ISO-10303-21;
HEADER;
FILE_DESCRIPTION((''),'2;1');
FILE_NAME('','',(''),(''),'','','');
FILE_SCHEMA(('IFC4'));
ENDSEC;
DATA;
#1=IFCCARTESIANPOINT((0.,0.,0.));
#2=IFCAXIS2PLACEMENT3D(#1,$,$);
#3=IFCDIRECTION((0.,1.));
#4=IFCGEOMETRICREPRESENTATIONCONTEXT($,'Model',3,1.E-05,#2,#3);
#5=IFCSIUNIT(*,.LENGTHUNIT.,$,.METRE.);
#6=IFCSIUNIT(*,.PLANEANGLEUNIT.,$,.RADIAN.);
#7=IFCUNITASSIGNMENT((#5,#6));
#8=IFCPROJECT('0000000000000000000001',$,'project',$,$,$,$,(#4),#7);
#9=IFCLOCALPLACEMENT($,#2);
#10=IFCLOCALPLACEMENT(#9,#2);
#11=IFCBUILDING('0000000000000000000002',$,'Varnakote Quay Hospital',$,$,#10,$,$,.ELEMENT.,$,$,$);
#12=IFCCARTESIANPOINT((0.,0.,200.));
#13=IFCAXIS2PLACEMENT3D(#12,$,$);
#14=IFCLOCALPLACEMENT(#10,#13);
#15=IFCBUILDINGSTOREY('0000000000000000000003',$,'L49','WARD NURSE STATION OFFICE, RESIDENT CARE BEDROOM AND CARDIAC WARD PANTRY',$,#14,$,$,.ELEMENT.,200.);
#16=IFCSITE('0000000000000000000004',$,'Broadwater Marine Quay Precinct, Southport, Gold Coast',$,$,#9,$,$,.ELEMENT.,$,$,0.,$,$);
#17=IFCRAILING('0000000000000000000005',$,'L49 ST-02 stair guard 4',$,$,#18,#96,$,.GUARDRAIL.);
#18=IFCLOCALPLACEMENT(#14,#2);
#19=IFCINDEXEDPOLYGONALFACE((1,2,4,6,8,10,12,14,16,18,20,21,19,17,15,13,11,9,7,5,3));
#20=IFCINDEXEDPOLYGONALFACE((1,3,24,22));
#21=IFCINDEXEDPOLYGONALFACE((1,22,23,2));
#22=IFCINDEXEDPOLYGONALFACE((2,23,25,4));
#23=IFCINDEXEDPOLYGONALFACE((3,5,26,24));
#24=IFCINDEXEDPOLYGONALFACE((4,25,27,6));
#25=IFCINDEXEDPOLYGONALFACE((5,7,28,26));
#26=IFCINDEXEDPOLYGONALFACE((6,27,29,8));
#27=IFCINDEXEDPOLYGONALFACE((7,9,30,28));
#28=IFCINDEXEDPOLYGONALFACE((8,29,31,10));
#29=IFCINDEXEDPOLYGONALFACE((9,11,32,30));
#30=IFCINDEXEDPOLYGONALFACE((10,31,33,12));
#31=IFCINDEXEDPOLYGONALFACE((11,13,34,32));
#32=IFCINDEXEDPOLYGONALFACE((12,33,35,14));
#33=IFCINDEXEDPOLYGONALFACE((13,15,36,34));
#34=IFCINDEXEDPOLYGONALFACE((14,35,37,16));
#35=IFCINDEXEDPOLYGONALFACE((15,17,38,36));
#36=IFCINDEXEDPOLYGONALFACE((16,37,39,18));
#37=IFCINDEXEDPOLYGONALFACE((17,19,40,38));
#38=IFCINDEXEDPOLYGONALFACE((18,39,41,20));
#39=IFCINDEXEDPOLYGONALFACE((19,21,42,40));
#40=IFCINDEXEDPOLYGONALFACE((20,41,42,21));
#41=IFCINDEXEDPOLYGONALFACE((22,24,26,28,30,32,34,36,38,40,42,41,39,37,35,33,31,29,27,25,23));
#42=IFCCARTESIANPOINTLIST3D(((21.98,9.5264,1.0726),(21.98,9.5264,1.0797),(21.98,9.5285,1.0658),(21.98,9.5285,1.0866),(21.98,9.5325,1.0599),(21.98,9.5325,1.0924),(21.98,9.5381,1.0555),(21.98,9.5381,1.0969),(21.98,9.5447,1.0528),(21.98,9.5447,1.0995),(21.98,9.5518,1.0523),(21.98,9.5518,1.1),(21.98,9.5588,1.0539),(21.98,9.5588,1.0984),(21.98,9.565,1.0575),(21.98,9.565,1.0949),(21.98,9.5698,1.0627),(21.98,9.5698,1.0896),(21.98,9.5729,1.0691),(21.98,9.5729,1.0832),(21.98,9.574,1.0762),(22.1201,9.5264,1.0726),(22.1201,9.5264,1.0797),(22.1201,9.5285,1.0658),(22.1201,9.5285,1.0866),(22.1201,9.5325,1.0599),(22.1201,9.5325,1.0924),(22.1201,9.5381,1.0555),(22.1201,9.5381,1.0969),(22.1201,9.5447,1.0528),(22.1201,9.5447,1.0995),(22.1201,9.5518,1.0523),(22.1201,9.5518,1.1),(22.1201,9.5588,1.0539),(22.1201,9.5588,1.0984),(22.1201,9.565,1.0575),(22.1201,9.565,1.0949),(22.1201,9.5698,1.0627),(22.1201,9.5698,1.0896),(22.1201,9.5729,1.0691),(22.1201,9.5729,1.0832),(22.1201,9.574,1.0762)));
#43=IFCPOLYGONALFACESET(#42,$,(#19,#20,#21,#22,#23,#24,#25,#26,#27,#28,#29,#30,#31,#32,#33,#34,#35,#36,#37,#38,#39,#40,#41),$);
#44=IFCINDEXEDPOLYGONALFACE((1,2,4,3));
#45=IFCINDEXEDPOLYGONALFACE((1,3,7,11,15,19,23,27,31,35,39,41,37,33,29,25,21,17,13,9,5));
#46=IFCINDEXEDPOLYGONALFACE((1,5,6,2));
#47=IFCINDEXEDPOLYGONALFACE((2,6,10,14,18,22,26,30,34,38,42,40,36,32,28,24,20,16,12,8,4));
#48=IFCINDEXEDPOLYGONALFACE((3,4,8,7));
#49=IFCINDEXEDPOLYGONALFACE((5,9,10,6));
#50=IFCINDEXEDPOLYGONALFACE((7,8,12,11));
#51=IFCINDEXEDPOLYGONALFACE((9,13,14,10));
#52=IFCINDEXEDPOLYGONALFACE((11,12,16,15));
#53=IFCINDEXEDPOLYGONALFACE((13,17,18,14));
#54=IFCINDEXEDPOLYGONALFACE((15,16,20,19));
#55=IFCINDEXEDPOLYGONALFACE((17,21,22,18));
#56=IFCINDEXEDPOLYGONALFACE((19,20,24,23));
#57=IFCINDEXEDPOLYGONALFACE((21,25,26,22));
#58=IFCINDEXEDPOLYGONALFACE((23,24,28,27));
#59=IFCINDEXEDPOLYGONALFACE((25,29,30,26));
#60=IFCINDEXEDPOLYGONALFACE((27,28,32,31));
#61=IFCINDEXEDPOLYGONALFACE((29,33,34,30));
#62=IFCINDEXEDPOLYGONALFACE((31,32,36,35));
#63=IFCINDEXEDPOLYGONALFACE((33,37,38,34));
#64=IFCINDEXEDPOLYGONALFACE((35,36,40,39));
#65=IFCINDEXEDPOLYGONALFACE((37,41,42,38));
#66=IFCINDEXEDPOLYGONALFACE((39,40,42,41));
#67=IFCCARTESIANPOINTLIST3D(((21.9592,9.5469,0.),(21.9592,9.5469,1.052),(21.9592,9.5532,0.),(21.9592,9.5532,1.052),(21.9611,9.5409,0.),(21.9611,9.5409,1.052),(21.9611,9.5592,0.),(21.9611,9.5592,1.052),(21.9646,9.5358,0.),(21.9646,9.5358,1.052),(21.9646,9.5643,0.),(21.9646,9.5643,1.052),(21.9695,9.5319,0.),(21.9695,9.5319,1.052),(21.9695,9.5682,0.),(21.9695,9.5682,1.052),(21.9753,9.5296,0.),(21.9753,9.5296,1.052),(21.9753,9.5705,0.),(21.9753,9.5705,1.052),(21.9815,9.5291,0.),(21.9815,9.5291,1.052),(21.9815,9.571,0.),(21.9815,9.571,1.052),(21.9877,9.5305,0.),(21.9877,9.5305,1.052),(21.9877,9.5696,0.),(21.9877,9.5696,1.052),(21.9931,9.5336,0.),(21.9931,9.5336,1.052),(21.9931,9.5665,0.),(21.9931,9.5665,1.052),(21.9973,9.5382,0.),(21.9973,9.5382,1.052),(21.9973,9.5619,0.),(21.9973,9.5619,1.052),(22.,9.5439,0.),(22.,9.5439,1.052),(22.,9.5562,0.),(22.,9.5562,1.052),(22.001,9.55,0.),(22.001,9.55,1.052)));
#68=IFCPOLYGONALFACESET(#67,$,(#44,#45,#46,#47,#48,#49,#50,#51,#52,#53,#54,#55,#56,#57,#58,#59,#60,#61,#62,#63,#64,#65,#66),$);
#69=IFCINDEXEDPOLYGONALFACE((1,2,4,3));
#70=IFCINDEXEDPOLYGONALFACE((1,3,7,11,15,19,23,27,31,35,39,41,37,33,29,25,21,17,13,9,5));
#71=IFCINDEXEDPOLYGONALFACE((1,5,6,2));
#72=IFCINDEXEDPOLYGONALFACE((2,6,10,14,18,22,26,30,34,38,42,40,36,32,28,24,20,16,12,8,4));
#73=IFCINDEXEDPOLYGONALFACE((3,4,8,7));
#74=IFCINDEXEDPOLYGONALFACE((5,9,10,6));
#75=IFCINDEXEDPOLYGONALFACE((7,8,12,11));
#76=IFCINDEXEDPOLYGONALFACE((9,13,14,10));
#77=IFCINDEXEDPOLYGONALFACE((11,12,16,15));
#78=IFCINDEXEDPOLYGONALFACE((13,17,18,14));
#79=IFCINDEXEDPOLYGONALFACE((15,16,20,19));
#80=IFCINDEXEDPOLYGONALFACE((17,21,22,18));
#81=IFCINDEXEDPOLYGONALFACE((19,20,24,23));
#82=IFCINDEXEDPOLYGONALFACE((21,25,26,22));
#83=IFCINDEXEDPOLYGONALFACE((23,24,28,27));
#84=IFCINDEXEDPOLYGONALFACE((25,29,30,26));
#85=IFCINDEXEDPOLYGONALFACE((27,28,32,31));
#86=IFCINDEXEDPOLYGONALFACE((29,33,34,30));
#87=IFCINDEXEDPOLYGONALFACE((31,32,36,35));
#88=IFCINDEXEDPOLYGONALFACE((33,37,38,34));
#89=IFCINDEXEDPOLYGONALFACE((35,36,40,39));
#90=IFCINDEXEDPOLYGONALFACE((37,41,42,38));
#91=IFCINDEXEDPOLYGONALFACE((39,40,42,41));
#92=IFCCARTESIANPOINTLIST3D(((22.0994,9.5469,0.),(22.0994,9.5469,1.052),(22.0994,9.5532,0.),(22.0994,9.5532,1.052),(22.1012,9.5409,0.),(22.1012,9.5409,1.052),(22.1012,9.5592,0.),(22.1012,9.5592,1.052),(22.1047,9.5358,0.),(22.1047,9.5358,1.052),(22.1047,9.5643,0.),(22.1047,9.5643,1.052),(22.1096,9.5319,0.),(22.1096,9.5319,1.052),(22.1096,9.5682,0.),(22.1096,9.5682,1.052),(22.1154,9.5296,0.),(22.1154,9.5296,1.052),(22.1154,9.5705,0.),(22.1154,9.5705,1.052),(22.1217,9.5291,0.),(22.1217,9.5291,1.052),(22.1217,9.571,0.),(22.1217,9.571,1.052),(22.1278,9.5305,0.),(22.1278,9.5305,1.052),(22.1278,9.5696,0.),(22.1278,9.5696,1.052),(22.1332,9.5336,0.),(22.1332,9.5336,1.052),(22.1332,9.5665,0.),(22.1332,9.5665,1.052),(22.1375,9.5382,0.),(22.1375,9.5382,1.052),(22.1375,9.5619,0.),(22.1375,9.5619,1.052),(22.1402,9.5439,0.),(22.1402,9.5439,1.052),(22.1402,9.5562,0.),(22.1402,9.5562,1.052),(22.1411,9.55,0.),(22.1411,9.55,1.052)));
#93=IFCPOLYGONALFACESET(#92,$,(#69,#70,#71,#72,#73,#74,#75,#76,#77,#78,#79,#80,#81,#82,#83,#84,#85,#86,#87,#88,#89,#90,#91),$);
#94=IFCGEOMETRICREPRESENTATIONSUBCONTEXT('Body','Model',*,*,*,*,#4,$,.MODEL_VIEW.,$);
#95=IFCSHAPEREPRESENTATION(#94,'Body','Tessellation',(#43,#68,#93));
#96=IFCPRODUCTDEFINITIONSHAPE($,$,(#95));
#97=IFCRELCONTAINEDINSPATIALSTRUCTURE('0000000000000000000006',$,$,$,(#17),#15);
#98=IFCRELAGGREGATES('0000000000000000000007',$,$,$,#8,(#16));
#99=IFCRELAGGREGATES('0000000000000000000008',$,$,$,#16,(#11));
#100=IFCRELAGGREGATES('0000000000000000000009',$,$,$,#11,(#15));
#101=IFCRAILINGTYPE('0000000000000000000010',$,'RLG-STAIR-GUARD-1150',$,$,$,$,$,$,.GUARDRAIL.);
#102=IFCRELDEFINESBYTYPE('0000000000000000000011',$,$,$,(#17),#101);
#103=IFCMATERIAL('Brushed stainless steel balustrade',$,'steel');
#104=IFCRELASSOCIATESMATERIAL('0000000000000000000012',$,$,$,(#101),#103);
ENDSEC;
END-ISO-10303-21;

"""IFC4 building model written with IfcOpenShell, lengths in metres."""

from ifc_helpers import new_model, si_unit, direction, frame, origin, origin_2d, place, context, subcontext, project, spatial, circle, extrude, material, type_object, element, save


model = new_model("IFC4")

# Units and contexts
model_context = context("Model", 3, precision=1e-05, world=origin(), true_north=direction((0.0, 1.0)))
body_context = subcontext(model_context, "Body", "Model", "MODEL_VIEW")
ifc_project = project(units=[si_unit("LENGTHUNIT", "METRE"), si_unit("PLANEANGLEUNIT", "RADIAN")], contexts=[model_context])

# Site, building, storey
site_placement = place(None, origin())
site = spatial("IfcSite", under=ifc_project, at=site_placement, Name="Broadwater Marine Quay Precinct, Southport, Gold Coast", CompositionType="ELEMENT", RefElevation=0.0)
building_placement = place(site_placement, origin())
building = spatial("IfcBuilding", under=site, at=building_placement, Name="Varnakote Quay Hospital", CompositionType="ELEMENT")
storey_placement = place(building_placement, frame((0.0, 0.0, 200.0)))
storey = spatial("IfcBuildingStorey", under=building, at=storey_placement, Name="L49", Description="WARD NURSE STATION OFFICE, RESIDENT CARE BEDROOM AND CARDIAC WARD PANTRY", CompositionType="ELEMENT", Elevation=200.0)

# Railing
ifc_material_1 = material(Name="Brushed stainless steel balustrade", Category="steel")
railing_type_1 = type_object("IfcRailingType", Name="RLG-STAIR-GUARD-1150", PredefinedType="GUARDRAIL", material=ifc_material_1)
railing_1_placement = place(storey_placement, frame((21.98, 9.55, 0.0)))
element("IfcRailing", 1, at=railing_1_placement, inside=storey, type_object=railing_type_1, Name="L49 ST-02 stair guard 4", PredefinedType="GUARDRAIL", context=body_context, shape_type="SweptSolid", body=[
    extrude(circle(Radius=0.0239, at=origin_2d()), frame((0.0, 0.0, 1.0762), z_axis=(1.0, 0.0, 0.0), x_axis=(0.0, 1.0, 0.0)), (0.0, 0.0, 1.0), 0.1401),
    extrude(circle(Radius=0.021, at=origin_2d()), origin(), (0.0, 0.0, 1.0), 1.052),
    extrude(circle(Radius=0.021, at=origin_2d()), frame((0.1401, 0.0, 0.0)), (0.0, 0.0, 1.0), 1.052),
])

save(model, "model.ifc")
